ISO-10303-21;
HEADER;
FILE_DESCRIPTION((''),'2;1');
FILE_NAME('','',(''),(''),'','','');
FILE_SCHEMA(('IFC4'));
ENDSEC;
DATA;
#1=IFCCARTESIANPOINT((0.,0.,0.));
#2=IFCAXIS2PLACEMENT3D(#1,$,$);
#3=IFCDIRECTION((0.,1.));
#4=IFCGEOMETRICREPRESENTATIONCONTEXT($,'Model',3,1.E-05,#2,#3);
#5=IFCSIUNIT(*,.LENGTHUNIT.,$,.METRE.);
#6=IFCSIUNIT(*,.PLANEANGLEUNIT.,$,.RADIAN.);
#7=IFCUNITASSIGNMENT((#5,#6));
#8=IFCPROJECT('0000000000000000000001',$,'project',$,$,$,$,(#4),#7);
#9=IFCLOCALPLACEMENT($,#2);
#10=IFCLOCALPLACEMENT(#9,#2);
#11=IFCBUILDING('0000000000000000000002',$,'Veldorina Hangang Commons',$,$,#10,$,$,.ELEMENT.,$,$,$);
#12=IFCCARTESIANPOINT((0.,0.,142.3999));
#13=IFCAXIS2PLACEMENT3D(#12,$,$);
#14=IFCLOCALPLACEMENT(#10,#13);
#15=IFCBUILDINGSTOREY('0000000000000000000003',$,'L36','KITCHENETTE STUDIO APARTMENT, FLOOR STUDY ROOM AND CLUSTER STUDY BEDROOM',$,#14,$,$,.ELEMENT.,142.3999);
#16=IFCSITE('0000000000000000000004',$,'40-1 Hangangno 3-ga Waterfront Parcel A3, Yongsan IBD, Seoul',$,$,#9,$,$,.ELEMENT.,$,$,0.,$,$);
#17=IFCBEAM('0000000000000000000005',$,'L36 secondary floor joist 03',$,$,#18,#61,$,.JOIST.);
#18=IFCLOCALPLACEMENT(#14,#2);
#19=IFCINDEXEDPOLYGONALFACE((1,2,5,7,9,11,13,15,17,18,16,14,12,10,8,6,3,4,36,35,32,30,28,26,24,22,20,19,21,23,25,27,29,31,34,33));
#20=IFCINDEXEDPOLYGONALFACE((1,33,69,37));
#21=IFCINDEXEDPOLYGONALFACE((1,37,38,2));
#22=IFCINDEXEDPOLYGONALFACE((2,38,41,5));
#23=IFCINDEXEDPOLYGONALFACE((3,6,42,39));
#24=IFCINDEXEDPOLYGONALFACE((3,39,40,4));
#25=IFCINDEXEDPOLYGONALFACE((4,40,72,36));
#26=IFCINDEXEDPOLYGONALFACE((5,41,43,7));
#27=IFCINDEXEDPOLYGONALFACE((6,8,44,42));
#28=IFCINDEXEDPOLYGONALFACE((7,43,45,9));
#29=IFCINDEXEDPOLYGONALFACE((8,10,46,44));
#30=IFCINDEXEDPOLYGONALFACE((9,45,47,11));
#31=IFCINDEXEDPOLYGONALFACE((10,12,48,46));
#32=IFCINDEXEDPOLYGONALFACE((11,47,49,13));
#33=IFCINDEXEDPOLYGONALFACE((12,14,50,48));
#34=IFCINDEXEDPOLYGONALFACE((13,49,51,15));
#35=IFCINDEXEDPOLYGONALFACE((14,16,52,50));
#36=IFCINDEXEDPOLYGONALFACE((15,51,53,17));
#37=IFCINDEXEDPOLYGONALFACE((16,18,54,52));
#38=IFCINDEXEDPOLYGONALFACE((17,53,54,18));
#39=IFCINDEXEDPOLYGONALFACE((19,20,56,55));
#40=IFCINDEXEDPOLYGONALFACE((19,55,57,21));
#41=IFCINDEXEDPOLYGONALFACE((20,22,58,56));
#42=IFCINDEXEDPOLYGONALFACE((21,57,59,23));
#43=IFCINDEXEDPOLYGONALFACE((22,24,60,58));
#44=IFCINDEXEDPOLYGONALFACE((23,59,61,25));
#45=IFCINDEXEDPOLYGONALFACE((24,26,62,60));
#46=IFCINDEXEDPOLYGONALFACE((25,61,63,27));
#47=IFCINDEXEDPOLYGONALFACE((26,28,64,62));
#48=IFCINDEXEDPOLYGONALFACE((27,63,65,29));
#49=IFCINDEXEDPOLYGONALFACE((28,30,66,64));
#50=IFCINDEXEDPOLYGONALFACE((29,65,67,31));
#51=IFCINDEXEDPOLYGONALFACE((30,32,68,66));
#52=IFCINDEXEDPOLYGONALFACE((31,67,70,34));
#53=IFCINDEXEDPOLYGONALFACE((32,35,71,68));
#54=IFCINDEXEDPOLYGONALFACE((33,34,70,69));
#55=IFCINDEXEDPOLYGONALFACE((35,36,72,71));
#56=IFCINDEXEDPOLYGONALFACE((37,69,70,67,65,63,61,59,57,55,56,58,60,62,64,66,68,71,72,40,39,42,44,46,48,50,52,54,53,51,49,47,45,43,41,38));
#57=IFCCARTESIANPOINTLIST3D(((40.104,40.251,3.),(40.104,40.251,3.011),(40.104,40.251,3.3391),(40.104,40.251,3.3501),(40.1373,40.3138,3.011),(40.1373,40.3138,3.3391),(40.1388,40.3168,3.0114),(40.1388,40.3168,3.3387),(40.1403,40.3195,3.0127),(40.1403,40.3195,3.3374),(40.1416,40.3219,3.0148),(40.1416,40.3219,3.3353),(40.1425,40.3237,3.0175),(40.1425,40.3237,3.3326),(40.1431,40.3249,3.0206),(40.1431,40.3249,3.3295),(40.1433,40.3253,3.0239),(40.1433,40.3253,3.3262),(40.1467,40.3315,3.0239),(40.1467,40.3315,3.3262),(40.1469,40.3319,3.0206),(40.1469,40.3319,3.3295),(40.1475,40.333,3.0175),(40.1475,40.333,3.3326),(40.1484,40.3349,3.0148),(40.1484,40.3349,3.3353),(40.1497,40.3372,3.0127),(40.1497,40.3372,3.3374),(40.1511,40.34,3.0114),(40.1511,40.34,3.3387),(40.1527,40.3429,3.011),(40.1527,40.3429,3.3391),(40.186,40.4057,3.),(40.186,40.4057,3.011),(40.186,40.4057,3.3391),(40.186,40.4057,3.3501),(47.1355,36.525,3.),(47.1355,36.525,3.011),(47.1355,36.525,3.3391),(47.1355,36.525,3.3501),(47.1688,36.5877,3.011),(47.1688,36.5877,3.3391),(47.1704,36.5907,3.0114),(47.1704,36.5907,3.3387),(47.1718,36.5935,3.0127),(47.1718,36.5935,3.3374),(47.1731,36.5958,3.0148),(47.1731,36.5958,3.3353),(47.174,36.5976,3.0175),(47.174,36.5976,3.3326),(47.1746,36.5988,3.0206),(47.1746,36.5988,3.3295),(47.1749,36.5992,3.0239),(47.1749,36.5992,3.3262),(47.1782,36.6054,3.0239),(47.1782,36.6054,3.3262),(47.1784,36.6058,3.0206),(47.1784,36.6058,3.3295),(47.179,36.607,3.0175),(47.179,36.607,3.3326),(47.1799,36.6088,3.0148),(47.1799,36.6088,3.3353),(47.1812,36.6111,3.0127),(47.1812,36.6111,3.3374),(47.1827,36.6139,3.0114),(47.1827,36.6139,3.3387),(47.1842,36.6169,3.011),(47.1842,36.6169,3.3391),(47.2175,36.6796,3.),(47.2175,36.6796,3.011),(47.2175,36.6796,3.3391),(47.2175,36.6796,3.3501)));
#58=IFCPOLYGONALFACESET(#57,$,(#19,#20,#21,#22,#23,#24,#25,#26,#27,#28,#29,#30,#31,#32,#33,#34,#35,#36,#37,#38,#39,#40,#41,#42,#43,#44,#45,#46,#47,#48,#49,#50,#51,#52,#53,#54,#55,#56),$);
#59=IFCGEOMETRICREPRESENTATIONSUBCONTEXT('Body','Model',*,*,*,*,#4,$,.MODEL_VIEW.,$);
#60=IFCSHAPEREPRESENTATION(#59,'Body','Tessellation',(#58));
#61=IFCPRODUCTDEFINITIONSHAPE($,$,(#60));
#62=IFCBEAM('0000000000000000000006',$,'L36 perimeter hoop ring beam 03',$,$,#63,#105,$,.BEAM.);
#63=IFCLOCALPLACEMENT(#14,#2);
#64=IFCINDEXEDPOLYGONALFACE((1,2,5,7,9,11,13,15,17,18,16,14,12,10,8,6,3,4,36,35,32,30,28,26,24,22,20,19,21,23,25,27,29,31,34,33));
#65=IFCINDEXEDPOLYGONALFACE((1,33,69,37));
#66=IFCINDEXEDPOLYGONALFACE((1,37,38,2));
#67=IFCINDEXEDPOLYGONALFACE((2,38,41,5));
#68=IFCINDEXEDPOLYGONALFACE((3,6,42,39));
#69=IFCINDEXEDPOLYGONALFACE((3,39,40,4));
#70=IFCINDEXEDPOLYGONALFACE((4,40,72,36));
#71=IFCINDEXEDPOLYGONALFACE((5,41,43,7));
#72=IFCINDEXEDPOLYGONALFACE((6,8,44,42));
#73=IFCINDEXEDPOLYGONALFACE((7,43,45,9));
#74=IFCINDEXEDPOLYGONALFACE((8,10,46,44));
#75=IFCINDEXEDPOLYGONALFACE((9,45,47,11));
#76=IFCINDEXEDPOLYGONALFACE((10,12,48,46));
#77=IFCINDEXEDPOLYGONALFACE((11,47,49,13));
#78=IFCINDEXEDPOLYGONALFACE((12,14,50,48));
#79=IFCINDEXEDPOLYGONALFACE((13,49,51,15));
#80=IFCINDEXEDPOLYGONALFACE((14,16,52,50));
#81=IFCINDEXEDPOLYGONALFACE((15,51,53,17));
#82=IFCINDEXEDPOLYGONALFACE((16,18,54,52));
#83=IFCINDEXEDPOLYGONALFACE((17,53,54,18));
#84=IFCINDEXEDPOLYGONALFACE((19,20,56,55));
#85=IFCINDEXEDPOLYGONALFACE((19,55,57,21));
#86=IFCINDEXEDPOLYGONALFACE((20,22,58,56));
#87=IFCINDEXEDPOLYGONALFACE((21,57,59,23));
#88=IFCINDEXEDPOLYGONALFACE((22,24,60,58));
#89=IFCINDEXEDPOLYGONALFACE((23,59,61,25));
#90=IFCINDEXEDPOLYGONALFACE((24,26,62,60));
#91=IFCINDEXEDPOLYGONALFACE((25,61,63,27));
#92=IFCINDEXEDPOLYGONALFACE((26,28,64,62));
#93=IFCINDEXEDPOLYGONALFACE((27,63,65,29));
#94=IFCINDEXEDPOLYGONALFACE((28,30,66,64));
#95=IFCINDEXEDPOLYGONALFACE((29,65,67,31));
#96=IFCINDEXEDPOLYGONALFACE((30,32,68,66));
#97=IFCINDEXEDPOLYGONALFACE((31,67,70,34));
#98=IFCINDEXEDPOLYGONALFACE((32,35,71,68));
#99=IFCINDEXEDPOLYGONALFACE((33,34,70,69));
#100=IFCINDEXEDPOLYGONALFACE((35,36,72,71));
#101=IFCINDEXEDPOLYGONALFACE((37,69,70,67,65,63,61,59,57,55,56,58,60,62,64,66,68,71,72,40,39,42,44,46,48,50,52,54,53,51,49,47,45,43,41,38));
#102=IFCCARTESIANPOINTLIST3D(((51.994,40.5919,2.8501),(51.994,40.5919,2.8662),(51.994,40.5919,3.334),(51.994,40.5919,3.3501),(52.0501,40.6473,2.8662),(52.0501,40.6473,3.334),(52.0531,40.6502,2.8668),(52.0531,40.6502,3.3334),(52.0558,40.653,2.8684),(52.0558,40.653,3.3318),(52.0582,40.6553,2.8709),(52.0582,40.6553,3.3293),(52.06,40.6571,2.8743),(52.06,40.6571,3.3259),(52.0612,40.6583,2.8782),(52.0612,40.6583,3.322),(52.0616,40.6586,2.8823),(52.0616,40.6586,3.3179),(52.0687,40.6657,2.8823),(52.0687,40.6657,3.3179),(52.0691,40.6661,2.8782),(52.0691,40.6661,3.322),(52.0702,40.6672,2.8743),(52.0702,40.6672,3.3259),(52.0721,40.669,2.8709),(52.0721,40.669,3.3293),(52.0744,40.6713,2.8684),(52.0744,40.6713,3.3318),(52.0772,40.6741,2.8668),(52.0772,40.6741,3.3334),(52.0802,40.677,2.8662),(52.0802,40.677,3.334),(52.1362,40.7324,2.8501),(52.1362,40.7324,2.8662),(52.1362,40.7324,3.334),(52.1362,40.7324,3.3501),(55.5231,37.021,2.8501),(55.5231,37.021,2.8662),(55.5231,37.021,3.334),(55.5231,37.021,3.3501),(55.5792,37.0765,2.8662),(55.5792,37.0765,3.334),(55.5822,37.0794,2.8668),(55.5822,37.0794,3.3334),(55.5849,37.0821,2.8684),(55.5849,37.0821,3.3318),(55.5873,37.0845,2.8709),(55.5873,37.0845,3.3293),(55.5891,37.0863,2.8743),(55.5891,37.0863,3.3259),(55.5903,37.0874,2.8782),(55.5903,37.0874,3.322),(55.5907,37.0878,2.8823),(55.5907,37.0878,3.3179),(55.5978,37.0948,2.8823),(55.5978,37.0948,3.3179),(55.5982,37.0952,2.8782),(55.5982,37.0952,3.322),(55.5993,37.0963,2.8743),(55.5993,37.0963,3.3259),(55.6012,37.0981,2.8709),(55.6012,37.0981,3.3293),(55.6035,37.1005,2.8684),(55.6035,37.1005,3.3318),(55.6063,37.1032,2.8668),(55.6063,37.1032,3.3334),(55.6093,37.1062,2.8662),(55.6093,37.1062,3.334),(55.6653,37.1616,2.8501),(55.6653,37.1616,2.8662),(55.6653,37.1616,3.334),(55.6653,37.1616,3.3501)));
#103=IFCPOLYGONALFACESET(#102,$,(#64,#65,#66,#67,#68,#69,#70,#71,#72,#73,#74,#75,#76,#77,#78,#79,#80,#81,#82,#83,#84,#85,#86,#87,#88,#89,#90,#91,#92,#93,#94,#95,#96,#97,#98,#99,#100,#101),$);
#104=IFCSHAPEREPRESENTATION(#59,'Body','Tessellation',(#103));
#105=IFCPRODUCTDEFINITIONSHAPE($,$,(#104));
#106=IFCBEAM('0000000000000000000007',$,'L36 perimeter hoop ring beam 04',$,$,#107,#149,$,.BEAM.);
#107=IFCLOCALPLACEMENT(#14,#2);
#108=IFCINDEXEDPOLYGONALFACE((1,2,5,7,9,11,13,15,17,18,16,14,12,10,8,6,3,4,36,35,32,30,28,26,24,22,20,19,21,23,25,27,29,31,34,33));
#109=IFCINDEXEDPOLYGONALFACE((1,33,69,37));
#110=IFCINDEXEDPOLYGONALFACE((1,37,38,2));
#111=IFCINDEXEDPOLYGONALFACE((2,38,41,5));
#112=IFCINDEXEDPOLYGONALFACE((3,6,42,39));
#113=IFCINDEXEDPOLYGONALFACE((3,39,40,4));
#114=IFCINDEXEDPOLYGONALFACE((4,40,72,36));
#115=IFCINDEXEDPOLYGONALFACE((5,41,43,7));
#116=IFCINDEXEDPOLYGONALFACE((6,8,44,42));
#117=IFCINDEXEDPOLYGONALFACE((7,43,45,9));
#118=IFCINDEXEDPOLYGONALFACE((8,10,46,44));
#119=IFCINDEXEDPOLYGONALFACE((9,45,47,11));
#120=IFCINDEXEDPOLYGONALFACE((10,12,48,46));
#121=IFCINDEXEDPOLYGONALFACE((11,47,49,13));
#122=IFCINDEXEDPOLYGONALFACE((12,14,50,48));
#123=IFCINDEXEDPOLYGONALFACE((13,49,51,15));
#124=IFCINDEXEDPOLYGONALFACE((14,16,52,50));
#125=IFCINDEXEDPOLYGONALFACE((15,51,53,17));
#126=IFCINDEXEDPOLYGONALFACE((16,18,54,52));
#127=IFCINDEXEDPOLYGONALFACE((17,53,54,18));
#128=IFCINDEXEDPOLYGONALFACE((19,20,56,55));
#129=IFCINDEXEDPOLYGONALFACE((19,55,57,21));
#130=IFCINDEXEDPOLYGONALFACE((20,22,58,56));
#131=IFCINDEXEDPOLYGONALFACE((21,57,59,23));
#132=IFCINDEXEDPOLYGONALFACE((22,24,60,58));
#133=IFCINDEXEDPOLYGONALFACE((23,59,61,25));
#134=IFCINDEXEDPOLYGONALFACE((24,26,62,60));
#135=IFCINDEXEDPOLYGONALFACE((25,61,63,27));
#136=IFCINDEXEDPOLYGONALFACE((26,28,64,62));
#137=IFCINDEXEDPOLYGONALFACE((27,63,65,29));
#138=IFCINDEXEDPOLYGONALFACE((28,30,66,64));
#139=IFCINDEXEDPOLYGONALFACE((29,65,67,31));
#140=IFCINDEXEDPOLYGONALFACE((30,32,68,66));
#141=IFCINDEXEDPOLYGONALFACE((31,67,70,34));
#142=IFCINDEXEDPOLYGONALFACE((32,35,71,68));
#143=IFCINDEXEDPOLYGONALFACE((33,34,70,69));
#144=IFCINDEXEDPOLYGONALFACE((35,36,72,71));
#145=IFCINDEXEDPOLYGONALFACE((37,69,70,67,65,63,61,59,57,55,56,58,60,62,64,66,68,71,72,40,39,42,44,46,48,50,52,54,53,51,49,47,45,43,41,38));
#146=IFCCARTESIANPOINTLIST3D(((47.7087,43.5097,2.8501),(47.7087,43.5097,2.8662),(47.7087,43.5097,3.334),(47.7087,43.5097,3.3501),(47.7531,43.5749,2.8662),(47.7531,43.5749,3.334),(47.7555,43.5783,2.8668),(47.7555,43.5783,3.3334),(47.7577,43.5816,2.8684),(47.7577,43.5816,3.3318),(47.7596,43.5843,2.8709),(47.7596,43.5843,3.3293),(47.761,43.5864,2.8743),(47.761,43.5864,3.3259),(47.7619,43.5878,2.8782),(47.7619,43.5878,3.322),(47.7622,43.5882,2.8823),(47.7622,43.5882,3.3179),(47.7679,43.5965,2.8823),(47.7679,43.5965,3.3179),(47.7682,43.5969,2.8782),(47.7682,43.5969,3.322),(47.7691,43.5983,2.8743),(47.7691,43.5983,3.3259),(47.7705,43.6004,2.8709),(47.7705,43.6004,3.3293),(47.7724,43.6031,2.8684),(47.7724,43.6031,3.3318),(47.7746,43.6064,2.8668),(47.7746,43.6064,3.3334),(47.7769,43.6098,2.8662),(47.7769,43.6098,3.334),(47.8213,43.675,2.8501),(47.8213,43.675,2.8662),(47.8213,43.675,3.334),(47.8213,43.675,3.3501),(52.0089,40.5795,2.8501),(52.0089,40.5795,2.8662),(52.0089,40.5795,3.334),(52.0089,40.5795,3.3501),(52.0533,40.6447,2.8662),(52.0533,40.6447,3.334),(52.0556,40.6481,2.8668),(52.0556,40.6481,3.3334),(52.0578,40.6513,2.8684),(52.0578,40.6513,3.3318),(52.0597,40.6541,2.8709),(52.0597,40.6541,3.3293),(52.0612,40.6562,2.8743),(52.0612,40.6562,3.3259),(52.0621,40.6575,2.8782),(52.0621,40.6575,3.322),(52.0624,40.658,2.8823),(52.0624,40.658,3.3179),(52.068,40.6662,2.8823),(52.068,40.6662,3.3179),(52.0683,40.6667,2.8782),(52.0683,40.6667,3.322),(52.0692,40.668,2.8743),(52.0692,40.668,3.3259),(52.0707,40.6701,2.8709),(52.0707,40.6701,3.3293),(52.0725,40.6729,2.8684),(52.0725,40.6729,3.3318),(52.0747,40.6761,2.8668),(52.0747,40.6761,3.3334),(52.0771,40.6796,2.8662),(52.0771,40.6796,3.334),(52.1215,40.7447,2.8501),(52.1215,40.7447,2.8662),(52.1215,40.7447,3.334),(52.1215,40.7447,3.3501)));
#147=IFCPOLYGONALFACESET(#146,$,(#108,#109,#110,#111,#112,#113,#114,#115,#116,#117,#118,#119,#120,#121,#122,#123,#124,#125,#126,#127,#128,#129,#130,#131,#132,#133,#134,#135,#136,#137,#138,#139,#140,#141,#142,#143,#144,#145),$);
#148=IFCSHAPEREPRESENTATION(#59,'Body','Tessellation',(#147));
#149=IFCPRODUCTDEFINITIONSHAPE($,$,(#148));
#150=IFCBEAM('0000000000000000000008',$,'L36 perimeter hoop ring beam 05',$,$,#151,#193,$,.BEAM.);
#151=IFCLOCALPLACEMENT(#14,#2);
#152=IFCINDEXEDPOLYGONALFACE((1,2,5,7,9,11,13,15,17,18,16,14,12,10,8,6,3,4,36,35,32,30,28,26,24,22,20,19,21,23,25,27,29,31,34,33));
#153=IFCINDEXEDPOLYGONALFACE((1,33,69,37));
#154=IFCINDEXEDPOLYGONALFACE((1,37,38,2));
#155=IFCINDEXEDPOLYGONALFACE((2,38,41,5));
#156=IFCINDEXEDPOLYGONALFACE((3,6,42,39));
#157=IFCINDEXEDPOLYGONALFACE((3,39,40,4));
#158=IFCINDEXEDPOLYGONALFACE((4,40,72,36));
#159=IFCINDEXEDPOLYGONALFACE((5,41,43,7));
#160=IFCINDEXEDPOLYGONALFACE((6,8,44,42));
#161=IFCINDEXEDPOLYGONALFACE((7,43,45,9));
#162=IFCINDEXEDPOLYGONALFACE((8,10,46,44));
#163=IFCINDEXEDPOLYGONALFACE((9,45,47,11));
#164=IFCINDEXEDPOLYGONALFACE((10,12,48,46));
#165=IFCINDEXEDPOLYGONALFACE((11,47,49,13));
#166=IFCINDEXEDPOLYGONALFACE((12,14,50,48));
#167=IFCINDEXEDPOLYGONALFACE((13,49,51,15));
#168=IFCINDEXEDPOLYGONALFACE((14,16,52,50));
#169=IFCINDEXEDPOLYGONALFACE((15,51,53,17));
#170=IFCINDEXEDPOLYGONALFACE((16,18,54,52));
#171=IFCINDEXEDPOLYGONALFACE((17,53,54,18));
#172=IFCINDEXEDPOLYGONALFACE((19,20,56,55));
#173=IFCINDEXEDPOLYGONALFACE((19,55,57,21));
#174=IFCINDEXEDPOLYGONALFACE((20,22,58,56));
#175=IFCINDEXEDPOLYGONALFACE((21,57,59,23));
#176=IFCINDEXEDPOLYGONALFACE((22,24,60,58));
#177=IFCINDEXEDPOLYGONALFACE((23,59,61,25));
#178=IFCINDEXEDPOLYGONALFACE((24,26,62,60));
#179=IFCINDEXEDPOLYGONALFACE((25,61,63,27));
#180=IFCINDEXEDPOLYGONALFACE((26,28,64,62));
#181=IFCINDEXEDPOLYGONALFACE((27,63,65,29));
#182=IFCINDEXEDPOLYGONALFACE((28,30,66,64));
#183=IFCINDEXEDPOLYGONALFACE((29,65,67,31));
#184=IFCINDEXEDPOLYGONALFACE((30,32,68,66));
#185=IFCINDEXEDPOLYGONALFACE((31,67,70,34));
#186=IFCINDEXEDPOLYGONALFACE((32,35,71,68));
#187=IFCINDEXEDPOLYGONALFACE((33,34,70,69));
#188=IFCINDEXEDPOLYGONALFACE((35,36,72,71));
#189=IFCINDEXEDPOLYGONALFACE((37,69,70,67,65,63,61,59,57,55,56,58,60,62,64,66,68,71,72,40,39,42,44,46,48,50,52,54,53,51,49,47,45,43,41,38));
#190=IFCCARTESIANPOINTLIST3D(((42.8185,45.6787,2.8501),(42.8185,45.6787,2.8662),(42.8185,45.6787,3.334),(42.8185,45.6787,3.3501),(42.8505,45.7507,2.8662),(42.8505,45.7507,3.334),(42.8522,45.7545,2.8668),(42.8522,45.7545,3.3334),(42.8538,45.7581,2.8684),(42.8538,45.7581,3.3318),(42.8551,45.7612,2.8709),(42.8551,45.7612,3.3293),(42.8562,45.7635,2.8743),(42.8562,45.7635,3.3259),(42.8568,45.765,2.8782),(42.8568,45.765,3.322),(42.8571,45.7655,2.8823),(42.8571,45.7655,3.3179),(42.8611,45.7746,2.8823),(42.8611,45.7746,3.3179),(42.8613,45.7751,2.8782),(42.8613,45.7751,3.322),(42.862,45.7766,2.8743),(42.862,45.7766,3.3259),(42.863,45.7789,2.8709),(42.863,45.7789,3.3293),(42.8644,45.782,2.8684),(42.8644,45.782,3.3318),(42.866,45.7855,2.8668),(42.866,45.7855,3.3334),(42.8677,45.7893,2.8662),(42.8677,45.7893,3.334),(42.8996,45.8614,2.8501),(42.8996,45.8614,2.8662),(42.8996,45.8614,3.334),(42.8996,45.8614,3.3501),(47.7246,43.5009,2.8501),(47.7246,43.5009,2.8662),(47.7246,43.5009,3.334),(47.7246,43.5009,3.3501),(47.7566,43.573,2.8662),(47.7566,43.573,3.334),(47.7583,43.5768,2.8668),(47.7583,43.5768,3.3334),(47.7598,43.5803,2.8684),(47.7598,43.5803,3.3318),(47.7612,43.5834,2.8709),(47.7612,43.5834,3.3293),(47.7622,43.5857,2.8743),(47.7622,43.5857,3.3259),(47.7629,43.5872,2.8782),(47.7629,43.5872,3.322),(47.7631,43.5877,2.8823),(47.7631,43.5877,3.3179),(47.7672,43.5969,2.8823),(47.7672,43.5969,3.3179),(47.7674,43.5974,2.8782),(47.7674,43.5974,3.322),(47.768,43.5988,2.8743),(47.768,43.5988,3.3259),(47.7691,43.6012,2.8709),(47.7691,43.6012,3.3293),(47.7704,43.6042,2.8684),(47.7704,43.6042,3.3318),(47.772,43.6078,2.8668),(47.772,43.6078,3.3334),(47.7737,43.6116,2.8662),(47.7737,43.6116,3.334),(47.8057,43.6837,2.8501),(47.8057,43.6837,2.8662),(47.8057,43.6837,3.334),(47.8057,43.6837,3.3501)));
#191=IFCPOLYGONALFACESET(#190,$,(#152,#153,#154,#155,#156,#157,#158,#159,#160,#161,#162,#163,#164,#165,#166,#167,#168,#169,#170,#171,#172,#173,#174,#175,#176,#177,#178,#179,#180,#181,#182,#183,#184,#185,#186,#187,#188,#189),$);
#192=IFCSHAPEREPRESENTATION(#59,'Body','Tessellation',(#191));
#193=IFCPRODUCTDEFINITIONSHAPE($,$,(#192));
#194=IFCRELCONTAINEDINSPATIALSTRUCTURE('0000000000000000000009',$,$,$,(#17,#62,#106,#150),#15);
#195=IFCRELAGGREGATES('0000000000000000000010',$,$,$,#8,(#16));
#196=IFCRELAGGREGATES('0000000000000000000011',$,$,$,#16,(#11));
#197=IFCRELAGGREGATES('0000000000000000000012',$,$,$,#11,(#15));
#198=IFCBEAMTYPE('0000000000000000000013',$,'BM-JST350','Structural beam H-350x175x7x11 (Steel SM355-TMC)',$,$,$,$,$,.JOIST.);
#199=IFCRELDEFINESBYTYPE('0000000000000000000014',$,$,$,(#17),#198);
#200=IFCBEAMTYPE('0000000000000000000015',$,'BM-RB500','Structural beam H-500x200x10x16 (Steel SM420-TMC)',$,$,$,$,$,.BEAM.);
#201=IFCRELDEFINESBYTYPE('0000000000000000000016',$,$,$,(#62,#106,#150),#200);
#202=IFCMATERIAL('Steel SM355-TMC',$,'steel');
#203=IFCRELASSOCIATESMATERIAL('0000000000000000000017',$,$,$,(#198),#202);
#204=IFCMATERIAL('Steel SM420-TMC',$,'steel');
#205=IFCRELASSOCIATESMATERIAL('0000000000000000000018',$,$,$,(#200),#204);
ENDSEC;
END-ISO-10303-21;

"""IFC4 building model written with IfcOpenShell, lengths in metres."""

from ifc_helpers import new_model, si_unit, direction, frame, origin, origin_2d, place, context, subcontext, project, spatial, i_section, extrude, material, material_profile, profile_set, type_object, element, save


model = new_model("IFC4")

# Units and contexts
model_context = context("Model", 3, precision=1e-05, world=origin(), true_north=direction((0.0, 1.0)))
body_context = subcontext(model_context, "Body", "Model", "MODEL_VIEW")
ifc_project = project(units=[si_unit("LENGTHUNIT", "METRE"), si_unit("PLANEANGLEUNIT", "RADIAN")], contexts=[model_context])

# Site, building, storey
site_placement = place(None, origin())
site = spatial("IfcSite", under=ifc_project, at=site_placement, Name="40-1 Hangangno 3-ga Waterfront Parcel A3, Yongsan IBD, Seoul", CompositionType="ELEMENT", RefElevation=0.0)
building_placement = place(site_placement, origin())
building = spatial("IfcBuilding", under=site, at=building_placement, Name="Veldorina Hangang Commons", CompositionType="ELEMENT")
storey_placement = place(building_placement, frame((0.0, 0.0, 142.3999)))
storey = spatial("IfcBuildingStorey", under=building, at=storey_placement, Name="L36", Description="KITCHENETTE STUDIO APARTMENT, FLOOR STUDY ROOM AND CLUSTER STUDY BEDROOM", CompositionType="ELEMENT", Elevation=142.3999)

# Beams
ifc_material_1 = material(Name="Steel SM355-TMC", Category="steel")
ifc_material_profile_1 = material_profile(ifc_material_1, i_section(OverallWidth=0.175, OverallDepth=0.3501, WebThickness=0.0071, FlangeThickness=0.011, FilletRadius=0.0129, at=origin_2d()), Name="H-350x175x7x11")
ifc_profile_set_1 = profile_set([ifc_material_profile_1], Name="Steel SM355-TMC")
beam_type_1 = type_object("IfcBeamType", Name="BM-JST350", Description="Structural beam H-350x175x7x11 (Steel SM355-TMC)", PredefinedType="JOIST", material=ifc_profile_set_1)
beam_1_placement = place(storey_placement, frame((47.1765, 36.6023, 3.175), z_axis=(-0.883605, 0.468233, 0.0), x_axis=(-0.468233, -0.883605, 0.0)))
element("IfcBeam", 1, at=beam_1_placement, inside=storey, type_object=beam_type_1, Name="L36 secondary floor joist 03", PredefinedType="JOIST", context=body_context, shape_type="SweptSolid", body=[
    extrude(i_section(OverallWidth=0.175, OverallDepth=0.3501, WebThickness=0.0071, FlangeThickness=0.011, FilletRadius=0.0129, at=origin_2d()), origin(), (0.0, 0.0, 1.0), 7.9578),
])
ifc_material_2 = material(Name="Steel SM420-TMC", Category="steel")
ifc_material_profile_2 = material_profile(ifc_material_2, i_section(OverallWidth=0.2, OverallDepth=0.5, WebThickness=0.01, FlangeThickness=0.0161, FilletRadius=0.0161, at=origin_2d()), Name="H-500x200x10x16")
ifc_profile_set_2 = profile_set([ifc_material_profile_2], Name="Steel SM420-TMC")
beam_type_2 = type_object("IfcBeamType", Name="BM-RB500", Description="Structural beam H-500x200x10x16 (Steel SM420-TMC)", PredefinedType="BEAM", material=ifc_profile_set_2)
beam_2_placement = place(storey_placement, frame((55.5942, 37.0913, 3.1001), z_axis=(-0.702937, 0.711252, 0.0), x_axis=(-0.711252, -0.702937, 0.0)))
element("IfcBeam", 2, at=beam_2_placement, inside=storey, type_object=beam_type_2, Name="L36 perimeter hoop ring beam 03", PredefinedType="BEAM", context=body_context, shape_type="SweptSolid", body=[
    extrude(i_section(OverallWidth=0.2, OverallDepth=0.5, WebThickness=0.01, FlangeThickness=0.0161, FilletRadius=0.0161, at=origin_2d()), origin(), (0.0, 0.0, 1.0), 5.0205),
])
beam_3_placement = place(storey_placement, frame((52.0652, 40.6621, 3.1001), z_axis=(-0.826377, 0.563117, 0.0), x_axis=(-0.563117, -0.826377, 0.0)))
element("IfcBeam", 3, at=beam_3_placement, inside=storey, type_object=beam_type_2, Name="L36 perimeter hoop ring beam 04", PredefinedType="BEAM", context=body_context, shape_type="SweptSolid", body=[
    extrude(i_section(OverallWidth=0.2, OverallDepth=0.5, WebThickness=0.01, FlangeThickness=0.0161, FilletRadius=0.0161, at=origin_2d()), origin(), (0.0, 0.0, 1.0), 5.2036),
])
beam_4_placement = place(storey_placement, frame((47.7651, 43.5923, 3.1001), z_axis=(-0.913999, 0.405716, 0.0), x_axis=(-0.405716, -0.913999, 0.0)))
element("IfcBeam", 4, at=beam_4_placement, inside=storey, type_object=beam_type_2, Name="L36 perimeter hoop ring beam 05", PredefinedType="BEAM", context=body_context, shape_type="SweptSolid", body=[
    extrude(i_section(OverallWidth=0.2, OverallDepth=0.5, WebThickness=0.01, FlangeThickness=0.0161, FilletRadius=0.0161, at=origin_2d()), origin(), (0.0, 0.0, 1.0), 5.3677),
])

save(model, "model.ifc")
